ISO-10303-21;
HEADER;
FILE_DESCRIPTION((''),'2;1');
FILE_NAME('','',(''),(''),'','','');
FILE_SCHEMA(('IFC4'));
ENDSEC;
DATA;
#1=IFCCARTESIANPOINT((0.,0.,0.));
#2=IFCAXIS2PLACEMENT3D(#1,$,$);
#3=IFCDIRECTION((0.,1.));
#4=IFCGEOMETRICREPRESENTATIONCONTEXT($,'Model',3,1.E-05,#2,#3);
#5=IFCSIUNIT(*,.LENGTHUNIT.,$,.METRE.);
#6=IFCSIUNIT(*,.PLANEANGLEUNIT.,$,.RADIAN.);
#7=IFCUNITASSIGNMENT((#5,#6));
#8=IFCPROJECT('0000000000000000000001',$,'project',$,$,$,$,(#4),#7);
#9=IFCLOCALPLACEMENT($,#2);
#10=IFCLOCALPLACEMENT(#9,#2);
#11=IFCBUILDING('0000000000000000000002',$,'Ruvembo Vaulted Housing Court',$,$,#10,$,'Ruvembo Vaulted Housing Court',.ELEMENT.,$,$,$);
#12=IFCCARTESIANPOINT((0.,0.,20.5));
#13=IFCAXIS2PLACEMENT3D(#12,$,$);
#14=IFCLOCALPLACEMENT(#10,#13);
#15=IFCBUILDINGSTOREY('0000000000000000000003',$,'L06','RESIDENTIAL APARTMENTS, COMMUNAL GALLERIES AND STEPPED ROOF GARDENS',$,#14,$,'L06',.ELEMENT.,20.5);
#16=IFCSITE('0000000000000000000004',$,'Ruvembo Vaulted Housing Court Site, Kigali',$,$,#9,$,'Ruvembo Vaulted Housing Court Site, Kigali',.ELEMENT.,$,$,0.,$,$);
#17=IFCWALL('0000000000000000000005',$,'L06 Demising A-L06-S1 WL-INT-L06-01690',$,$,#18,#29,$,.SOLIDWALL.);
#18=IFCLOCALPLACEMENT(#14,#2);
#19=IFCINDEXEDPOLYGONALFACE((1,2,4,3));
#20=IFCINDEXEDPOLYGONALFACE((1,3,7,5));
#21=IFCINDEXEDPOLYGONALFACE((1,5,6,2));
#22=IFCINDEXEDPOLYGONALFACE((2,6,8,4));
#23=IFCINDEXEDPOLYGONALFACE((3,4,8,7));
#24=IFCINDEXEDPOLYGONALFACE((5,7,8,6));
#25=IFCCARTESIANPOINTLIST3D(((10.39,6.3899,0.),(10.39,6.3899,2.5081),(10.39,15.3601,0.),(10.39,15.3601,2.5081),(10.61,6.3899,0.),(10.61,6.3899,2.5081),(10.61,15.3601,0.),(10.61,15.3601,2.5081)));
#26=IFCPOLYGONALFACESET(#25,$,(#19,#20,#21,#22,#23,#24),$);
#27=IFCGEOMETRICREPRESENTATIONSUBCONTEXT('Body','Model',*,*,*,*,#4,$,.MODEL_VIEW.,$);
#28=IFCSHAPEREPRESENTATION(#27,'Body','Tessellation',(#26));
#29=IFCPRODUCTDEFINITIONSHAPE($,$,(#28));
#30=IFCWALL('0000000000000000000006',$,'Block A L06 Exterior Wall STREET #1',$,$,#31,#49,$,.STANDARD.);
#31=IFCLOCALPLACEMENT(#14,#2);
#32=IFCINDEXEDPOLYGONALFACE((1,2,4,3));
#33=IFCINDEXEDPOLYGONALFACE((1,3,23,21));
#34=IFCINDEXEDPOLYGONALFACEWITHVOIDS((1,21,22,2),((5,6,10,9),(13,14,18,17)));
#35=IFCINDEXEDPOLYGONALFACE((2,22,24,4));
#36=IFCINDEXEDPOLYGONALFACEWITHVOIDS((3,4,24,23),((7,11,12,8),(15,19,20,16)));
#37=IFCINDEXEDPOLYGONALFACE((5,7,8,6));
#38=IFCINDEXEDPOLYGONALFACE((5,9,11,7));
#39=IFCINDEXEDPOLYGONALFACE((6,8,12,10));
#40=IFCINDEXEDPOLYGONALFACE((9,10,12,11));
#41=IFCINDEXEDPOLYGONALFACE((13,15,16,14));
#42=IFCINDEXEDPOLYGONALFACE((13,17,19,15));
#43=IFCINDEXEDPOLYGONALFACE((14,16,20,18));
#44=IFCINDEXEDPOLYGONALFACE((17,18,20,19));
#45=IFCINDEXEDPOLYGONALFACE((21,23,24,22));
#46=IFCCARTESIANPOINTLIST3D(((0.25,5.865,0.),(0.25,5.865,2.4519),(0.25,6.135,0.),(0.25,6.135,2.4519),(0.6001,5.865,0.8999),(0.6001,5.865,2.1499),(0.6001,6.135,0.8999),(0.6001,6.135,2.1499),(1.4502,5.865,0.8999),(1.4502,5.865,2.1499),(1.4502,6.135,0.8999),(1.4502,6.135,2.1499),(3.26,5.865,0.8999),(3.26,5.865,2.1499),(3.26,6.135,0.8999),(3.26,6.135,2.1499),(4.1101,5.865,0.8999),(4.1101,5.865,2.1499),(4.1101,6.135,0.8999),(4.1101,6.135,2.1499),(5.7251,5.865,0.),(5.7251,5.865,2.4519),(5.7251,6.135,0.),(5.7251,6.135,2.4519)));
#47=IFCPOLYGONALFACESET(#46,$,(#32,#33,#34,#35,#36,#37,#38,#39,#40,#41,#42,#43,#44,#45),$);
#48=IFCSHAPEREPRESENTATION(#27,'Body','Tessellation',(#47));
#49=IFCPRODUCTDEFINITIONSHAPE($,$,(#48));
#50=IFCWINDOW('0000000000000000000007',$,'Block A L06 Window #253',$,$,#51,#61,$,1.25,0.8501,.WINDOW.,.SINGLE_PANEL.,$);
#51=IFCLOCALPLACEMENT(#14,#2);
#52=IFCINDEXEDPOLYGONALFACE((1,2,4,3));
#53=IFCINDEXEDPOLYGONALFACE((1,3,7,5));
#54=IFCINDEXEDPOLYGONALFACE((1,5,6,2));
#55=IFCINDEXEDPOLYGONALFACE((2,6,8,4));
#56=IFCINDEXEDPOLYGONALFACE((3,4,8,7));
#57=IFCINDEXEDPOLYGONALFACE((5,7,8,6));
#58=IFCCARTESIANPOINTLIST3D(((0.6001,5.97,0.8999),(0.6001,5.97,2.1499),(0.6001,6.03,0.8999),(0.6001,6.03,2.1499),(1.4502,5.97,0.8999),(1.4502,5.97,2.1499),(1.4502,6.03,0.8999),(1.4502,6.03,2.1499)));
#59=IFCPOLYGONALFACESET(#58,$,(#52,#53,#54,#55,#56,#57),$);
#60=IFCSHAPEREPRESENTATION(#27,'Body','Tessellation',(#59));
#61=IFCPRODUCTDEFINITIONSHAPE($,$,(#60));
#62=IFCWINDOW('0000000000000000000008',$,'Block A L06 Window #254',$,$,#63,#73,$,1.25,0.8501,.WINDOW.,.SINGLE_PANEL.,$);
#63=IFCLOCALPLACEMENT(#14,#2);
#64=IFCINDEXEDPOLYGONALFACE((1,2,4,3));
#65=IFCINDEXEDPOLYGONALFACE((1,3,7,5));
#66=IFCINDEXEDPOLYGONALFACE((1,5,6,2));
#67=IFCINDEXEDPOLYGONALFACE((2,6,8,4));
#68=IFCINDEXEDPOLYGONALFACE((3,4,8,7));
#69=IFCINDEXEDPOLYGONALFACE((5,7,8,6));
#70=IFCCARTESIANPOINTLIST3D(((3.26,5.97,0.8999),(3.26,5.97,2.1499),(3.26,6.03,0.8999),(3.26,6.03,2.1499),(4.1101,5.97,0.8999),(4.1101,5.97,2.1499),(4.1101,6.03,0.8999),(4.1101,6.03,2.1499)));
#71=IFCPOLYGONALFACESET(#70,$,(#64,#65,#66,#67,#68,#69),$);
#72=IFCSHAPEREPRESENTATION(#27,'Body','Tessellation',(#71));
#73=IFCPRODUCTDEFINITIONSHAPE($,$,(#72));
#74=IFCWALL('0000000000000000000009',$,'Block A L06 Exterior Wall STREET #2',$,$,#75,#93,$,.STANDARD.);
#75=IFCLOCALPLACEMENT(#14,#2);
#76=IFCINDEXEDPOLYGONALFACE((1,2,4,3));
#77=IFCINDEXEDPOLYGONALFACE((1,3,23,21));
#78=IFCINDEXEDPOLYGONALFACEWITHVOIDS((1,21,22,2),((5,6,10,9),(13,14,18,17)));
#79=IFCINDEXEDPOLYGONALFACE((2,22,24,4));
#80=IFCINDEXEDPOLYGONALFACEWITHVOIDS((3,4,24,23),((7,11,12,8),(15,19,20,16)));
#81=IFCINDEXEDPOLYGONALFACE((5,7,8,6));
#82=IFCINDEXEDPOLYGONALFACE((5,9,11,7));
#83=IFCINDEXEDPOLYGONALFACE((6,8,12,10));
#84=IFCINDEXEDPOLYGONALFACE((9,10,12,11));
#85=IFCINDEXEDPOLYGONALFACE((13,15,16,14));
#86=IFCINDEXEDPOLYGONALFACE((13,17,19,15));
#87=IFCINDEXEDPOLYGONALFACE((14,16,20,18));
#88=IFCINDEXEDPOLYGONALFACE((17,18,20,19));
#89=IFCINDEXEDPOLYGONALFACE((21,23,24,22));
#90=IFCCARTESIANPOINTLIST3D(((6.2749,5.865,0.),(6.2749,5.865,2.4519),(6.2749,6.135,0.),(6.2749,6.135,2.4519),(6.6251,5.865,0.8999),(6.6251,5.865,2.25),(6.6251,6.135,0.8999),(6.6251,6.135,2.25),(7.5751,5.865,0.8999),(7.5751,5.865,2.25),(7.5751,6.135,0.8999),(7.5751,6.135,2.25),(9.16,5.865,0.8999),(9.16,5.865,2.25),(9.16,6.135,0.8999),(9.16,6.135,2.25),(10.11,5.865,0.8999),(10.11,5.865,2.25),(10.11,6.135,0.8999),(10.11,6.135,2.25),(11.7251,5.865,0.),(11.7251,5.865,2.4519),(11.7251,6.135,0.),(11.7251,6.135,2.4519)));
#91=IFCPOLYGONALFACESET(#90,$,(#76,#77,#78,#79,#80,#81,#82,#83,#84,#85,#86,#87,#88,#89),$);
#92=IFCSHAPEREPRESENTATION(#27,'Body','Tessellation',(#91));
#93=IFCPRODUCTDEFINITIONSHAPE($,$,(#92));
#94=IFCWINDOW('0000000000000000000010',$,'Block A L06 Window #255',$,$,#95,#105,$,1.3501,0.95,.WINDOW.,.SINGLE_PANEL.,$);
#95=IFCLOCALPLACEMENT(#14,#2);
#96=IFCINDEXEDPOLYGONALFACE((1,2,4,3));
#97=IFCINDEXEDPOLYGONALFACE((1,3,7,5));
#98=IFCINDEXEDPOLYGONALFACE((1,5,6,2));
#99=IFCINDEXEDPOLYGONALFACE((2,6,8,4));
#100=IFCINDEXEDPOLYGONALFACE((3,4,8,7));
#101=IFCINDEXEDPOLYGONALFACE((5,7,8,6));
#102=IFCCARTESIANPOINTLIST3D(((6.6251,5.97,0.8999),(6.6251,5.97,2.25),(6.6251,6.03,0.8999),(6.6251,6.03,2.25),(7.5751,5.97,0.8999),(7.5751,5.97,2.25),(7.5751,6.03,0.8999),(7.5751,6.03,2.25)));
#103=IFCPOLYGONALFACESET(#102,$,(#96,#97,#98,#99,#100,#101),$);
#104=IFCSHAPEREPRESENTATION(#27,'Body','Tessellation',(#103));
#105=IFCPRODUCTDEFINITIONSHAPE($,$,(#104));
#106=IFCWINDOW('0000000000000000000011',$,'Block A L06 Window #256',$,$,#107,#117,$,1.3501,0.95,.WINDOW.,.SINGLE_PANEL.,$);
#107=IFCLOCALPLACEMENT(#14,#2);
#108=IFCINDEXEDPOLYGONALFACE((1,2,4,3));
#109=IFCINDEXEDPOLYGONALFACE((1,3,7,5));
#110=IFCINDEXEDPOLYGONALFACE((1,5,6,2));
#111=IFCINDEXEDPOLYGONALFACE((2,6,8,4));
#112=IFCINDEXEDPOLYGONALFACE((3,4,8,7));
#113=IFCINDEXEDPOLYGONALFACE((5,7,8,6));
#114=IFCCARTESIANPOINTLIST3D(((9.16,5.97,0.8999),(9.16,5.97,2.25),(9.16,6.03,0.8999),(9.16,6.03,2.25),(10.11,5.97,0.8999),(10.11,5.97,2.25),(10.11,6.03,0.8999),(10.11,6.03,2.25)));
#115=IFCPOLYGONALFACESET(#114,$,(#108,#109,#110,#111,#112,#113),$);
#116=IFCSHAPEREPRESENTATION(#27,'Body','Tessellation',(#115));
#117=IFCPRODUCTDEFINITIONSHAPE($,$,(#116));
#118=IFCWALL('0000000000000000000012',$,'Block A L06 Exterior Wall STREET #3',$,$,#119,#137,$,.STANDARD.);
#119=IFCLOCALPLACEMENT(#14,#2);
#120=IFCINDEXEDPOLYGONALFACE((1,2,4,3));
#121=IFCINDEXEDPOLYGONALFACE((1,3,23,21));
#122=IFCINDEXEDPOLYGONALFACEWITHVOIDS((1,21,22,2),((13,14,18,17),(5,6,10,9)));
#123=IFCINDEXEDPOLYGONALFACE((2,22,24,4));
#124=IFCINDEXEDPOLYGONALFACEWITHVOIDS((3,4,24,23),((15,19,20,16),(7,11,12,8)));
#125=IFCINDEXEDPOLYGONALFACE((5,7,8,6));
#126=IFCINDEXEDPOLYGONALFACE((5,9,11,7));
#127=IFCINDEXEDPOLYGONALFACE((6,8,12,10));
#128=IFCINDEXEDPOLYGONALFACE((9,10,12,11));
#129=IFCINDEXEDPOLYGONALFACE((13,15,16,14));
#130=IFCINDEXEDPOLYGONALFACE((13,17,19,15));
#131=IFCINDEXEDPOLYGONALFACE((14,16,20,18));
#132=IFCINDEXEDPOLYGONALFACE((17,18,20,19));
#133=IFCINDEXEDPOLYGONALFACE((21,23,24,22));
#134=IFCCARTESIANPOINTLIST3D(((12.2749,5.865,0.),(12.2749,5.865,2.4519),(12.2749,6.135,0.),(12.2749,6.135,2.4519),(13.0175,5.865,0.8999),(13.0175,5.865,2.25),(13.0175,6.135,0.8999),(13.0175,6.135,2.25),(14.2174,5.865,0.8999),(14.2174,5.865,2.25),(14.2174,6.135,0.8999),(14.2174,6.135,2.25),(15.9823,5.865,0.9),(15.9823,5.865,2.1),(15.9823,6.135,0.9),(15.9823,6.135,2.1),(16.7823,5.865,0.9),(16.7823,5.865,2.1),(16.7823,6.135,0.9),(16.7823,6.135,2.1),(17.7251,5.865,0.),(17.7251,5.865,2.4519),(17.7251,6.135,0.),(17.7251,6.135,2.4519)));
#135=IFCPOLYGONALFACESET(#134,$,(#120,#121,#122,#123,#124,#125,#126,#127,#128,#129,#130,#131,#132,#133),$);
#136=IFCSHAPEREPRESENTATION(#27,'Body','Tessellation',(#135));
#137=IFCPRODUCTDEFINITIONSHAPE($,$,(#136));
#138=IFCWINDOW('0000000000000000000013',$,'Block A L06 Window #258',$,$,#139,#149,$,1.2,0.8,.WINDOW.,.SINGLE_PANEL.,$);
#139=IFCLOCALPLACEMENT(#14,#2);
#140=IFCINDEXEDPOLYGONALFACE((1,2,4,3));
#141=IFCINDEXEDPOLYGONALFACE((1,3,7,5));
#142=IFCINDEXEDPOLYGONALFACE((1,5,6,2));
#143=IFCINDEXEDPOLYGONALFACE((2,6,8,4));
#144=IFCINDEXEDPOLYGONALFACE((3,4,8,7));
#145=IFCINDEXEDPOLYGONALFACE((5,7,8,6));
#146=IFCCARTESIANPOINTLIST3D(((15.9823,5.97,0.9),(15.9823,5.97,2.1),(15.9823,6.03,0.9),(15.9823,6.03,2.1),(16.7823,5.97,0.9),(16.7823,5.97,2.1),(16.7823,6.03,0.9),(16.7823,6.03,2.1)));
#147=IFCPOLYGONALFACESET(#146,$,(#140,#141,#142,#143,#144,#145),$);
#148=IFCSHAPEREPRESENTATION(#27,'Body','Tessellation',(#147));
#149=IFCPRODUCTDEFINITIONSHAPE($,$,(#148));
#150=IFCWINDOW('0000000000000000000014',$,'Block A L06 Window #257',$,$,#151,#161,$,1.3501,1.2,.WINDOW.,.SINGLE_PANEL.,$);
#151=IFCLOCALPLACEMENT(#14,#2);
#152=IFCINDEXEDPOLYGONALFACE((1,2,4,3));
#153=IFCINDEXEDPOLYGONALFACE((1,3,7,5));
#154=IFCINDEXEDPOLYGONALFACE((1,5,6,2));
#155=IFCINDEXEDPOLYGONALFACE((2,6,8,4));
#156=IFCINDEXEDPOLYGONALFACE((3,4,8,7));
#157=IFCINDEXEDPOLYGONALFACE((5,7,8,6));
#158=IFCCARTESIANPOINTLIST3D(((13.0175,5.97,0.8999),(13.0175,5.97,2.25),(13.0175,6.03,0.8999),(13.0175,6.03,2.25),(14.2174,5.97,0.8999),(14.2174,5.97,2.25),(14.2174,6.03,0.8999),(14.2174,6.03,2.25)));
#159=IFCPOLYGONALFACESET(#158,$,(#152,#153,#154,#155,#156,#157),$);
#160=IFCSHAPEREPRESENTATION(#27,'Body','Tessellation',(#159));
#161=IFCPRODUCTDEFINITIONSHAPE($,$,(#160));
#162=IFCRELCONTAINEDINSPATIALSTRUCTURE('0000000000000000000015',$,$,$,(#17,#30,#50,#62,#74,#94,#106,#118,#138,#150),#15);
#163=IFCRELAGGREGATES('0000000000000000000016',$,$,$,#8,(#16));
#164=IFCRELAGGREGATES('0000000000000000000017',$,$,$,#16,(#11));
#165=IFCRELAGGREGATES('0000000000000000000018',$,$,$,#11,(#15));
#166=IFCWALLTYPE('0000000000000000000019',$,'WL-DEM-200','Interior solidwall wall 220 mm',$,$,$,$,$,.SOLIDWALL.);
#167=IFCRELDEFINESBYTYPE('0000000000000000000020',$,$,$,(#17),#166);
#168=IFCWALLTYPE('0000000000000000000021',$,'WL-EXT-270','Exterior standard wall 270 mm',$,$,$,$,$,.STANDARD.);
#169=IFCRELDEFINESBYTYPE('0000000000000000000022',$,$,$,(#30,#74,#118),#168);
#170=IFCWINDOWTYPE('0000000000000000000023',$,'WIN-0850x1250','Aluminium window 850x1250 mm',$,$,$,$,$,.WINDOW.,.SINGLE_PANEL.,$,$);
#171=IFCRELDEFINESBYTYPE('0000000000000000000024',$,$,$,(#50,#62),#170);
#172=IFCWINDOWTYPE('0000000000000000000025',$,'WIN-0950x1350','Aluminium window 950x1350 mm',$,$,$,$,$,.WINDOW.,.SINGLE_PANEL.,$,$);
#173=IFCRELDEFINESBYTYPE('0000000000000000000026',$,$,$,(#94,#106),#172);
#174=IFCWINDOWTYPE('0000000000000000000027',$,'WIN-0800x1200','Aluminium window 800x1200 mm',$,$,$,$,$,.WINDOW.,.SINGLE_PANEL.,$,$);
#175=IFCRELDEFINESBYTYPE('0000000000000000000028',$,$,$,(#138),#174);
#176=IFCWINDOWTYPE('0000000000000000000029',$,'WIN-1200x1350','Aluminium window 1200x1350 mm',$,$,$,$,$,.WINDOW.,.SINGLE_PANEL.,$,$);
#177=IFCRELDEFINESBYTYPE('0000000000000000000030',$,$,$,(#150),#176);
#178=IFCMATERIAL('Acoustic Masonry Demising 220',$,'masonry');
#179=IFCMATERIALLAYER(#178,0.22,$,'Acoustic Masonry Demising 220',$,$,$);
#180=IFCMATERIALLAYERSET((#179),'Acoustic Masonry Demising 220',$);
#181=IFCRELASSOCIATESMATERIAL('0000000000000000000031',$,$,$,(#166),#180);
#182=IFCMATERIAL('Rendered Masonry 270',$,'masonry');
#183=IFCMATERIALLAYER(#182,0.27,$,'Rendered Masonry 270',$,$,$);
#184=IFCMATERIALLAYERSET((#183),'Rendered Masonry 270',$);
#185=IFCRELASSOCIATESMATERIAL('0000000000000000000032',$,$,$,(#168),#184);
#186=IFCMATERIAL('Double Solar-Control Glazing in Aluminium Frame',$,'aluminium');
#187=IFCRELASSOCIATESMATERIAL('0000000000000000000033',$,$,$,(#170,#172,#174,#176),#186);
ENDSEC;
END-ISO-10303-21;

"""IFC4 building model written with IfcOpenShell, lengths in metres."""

from ifc_helpers import new_model, si_unit, direction, frame, frame_2d, origin, place, context, subcontext, project, spatial, rectangle, extrude, material, layer, layer_set, type_object, element, fill, save


model = new_model("IFC4")

# Units and contexts
model_context = context("Model", 3, precision=1e-05, world=origin(), true_north=direction((0.0, 1.0)))
body_context = subcontext(model_context, "Body", "Model", "MODEL_VIEW")
ifc_project = project(units=[si_unit("LENGTHUNIT", "METRE"), si_unit("PLANEANGLEUNIT", "RADIAN")], contexts=[model_context])

# Site, building, storey
site_placement = place(None, origin())
site = spatial("IfcSite", under=ifc_project, at=site_placement, Name="Ruvembo Vaulted Housing Court Site, Kigali", LongName="Ruvembo Vaulted Housing Court Site, Kigali", CompositionType="ELEMENT", RefElevation=0.0)
building_placement = place(site_placement, origin())
building = spatial("IfcBuilding", under=site, at=building_placement, Name="Ruvembo Vaulted Housing Court", LongName="Ruvembo Vaulted Housing Court", CompositionType="ELEMENT")
storey_placement = place(building_placement, frame((0.0, 0.0, 20.5)))
storey = spatial("IfcBuildingStorey", under=building, at=storey_placement, Name="L06", Description="RESIDENTIAL APARTMENTS, COMMUNAL GALLERIES AND STEPPED ROOF GARDENS", LongName="L06", CompositionType="ELEMENT", Elevation=20.5)

# Wall
ifc_material_1 = material(Name="Acoustic Masonry Demising 220", Category="masonry")
ifc_layer_1 = layer(ifc_material_1, 0.22, Name="Acoustic Masonry Demising 220")
ifc_layer_set_1 = layer_set([ifc_layer_1], Name="Acoustic Masonry Demising 220")
wall_type_1 = type_object("IfcWallType", Name="WL-DEM-200", Description="Interior solidwall wall 220 mm", PredefinedType="SOLIDWALL", material=ifc_layer_set_1)
wall_1_placement = place(storey_placement, frame((10.5, 6.3899, 0.0), z_axis=(0.0, 0.0, 1.0), x_axis=(0.0, 1.0, 0.0)))
element("IfcWall", 1, at=wall_1_placement, inside=storey, type_object=wall_type_1, Name="L06 Demising A-L06-S1 WL-INT-L06-01690", PredefinedType="SOLIDWALL", context=body_context, shape_type="SweptSolid", body=[
    extrude(rectangle(XDim=8.9702, YDim=0.22, at=frame_2d((4.4851, 0.0))), origin(), (0.0, 0.0, 1.0), 2.5081),
])

# Walls, openings, windows
ifc_material_2 = material(Name="Rendered Masonry 270", Category="masonry")
ifc_layer_2 = layer(ifc_material_2, 0.27, Name="Rendered Masonry 270")
ifc_layer_set_2 = layer_set([ifc_layer_2], Name="Rendered Masonry 270")
wall_type_2 = type_object("IfcWallType", Name="WL-EXT-270", Description="Exterior standard wall 270 mm", PredefinedType="STANDARD", material=ifc_layer_set_2)
wall_2_placement = place(storey_placement, frame((0.25, 6.0, 0.0), z_axis=(0.0, 0.0, 1.0), x_axis=(1.0, 0.0, 0.0)))
wall_2 = element("IfcWall", 2, at=wall_2_placement, inside=storey, type_object=wall_type_2, Name="Block A L06 Exterior Wall STREET #1", PredefinedType="STANDARD", context=body_context, shape_type="SweptSolid", body=[
    extrude(rectangle(XDim=5.4751, YDim=0.27, at=frame_2d((2.7375, 0.0))), origin(), (0.0, 0.0, 1.0), 2.4519),
])
opening_1_placement = place(wall_2_placement, frame((0.3501, 0.0, 0.8999)))
opening_1 = element("IfcOpeningElement", 3, at=opening_1_placement, cuts=wall_2, PredefinedType="OPENING", context=body_context, shape_type="SweptSolid", body=[
    extrude(rectangle(XDim=0.8501, YDim=1.25, at=frame_2d((0.425, 0.625))), frame((0.0, 0.145, 0.0), z_axis=(0.0, -1.0, 0.0), x_axis=(1.0, 0.0, 0.0)), (0.0, 0.0, 1.0), 0.29),
])
opening_2_placement = place(wall_2_placement, frame((3.01, 0.0, 0.8999)))
opening_2 = element("IfcOpeningElement", 4, at=opening_2_placement, cuts=wall_2, PredefinedType="OPENING", context=body_context, shape_type="SweptSolid", body=[
    extrude(rectangle(XDim=0.8501, YDim=1.25, at=frame_2d((0.425, 0.625))), frame((0.0, 0.145, 0.0), z_axis=(0.0, -1.0, 0.0), x_axis=(1.0, 0.0, 0.0)), (0.0, 0.0, 1.0), 0.29),
])
ifc_material_3 = material(Name="Double Solar-Control Glazing in Aluminium Frame", Category="aluminium")
window_type_1 = type_object("IfcWindowType", Name="WIN-0850x1250", Description="Aluminium window 850x1250 mm", PartitioningType="SINGLE_PANEL", PredefinedType="WINDOW", material=ifc_material_3)
window_1_placement = place(opening_1_placement, origin())
window_1 = element("IfcWindow", 5, at=window_1_placement, inside=storey, type_object=window_type_1, Name="Block A L06 Window #253", OverallHeight=1.25, OverallWidth=0.8501, PartitioningType="SINGLE_PANEL", PredefinedType="WINDOW", context=body_context, shape_type="SweptSolid", body=[
    extrude(rectangle(XDim=0.8501, YDim=1.25, at=frame_2d((0.425, 0.625))), frame((0.0, 0.03, 0.0), z_axis=(0.0, -1.0, 0.0), x_axis=(1.0, 0.0, 0.0)), (0.0, 0.0, 1.0), 0.0601),
])
fill(opening_1, window_1)
window_2_placement = place(opening_2_placement, origin())
window_2 = element("IfcWindow", 6, at=window_2_placement, inside=storey, type_object=window_type_1, Name="Block A L06 Window #254", OverallHeight=1.25, OverallWidth=0.8501, PartitioningType="SINGLE_PANEL", PredefinedType="WINDOW", context=body_context, shape_type="SweptSolid", body=[
    extrude(rectangle(XDim=0.8501, YDim=1.25, at=frame_2d((0.425, 0.625))), frame((0.0, 0.03, 0.0), z_axis=(0.0, -1.0, 0.0), x_axis=(1.0, 0.0, 0.0)), (0.0, 0.0, 1.0), 0.0601),
])
fill(opening_2, window_2)
wall_3_placement = place(storey_placement, frame((6.2749, 6.0, 0.0), z_axis=(0.0, 0.0, 1.0), x_axis=(1.0, 0.0, 0.0)))
wall_3 = element("IfcWall", 7, at=wall_3_placement, inside=storey, type_object=wall_type_2, Name="Block A L06 Exterior Wall STREET #2", PredefinedType="STANDARD", context=body_context, shape_type="SweptSolid", body=[
    extrude(rectangle(XDim=5.4502, YDim=0.27, at=frame_2d((2.7251, 0.0))), origin(), (0.0, 0.0, 1.0), 2.4519),
])
opening_3_placement = place(wall_3_placement, frame((0.3501, 0.0, 0.8999)))
opening_3 = element("IfcOpeningElement", 8, at=opening_3_placement, cuts=wall_3, PredefinedType="OPENING", context=body_context, shape_type="SweptSolid", body=[
    extrude(rectangle(XDim=0.95, YDim=1.3501, at=frame_2d((0.4751, 0.675))), frame((0.0, 0.145, 0.0), z_axis=(0.0, -1.0, 0.0), x_axis=(1.0, 0.0, 0.0)), (0.0, 0.0, 1.0), 0.29),
])
opening_4_placement = place(wall_3_placement, frame((2.885, 0.0, 0.8999)))
opening_4 = element("IfcOpeningElement", 9, at=opening_4_placement, cuts=wall_3, PredefinedType="OPENING", context=body_context, shape_type="SweptSolid", body=[
    extrude(rectangle(XDim=0.95, YDim=1.3501, at=frame_2d((0.4751, 0.675))), frame((0.0, 0.145, 0.0), z_axis=(0.0, -1.0, 0.0), x_axis=(1.0, 0.0, 0.0)), (0.0, 0.0, 1.0), 0.29),
])
window_type_2 = type_object("IfcWindowType", Name="WIN-0950x1350", Description="Aluminium window 950x1350 mm", PartitioningType="SINGLE_PANEL", PredefinedType="WINDOW", material=ifc_material_3)
window_3_placement = place(opening_3_placement, origin())
window_3 = element("IfcWindow", 10, at=window_3_placement, inside=storey, type_object=window_type_2, Name="Block A L06 Window #255", OverallHeight=1.3501, OverallWidth=0.95, PartitioningType="SINGLE_PANEL", PredefinedType="WINDOW", context=body_context, shape_type="SweptSolid", body=[
    extrude(rectangle(XDim=0.95, YDim=1.3501, at=frame_2d((0.4751, 0.675))), frame((0.0, 0.03, 0.0), z_axis=(0.0, -1.0, 0.0), x_axis=(1.0, 0.0, 0.0)), (0.0, 0.0, 1.0), 0.0601),
])
fill(opening_3, window_3)
window_4_placement = place(opening_4_placement, origin())
window_4 = element("IfcWindow", 11, at=window_4_placement, inside=storey, type_object=window_type_2, Name="Block A L06 Window #256", OverallHeight=1.3501, OverallWidth=0.95, PartitioningType="SINGLE_PANEL", PredefinedType="WINDOW", context=body_context, shape_type="SweptSolid", body=[
    extrude(rectangle(XDim=0.95, YDim=1.3501, at=frame_2d((0.4751, 0.675))), frame((0.0, 0.03, 0.0), z_axis=(0.0, -1.0, 0.0), x_axis=(1.0, 0.0, 0.0)), (0.0, 0.0, 1.0), 0.0601),
])
fill(opening_4, window_4)
wall_4_placement = place(storey_placement, frame((12.2749, 6.0, 0.0), z_axis=(0.0, 0.0, 1.0), x_axis=(1.0, 0.0, 0.0)))
wall_4 = element("IfcWall", 12, at=wall_4_placement, inside=storey, type_object=wall_type_2, Name="Block A L06 Exterior Wall STREET #3", PredefinedType="STANDARD", context=body_context, shape_type="SweptSolid", body=[
    extrude(rectangle(XDim=5.4502, YDim=0.27, at=frame_2d((2.7251, 0.0))), origin(), (0.0, 0.0, 1.0), 2.4519),
])
opening_5_placement = place(wall_4_placement, frame((0.7424, 0.0, 0.8999)))
opening_5 = element("IfcOpeningElement", 13, at=opening_5_placement, cuts=wall_4, PredefinedType="OPENING", context=body_context, shape_type="SweptSolid", body=[
    extrude(rectangle(XDim=1.2, YDim=1.3501, at=frame_2d((0.6001, 0.675))), frame((0.0, 0.145, 0.0), z_axis=(0.0, -1.0, 0.0), x_axis=(1.0, 0.0, 0.0)), (0.0, 0.0, 1.0), 0.29),
])
opening_6_placement = place(wall_4_placement, frame((3.7075, 0.0, 0.8999)))
opening_6 = element("IfcOpeningElement", 14, at=opening_6_placement, cuts=wall_4, PredefinedType="OPENING", context=body_context, shape_type="SweptSolid", body=[
    extrude(rectangle(XDim=0.8, YDim=1.2, at=frame_2d((0.3999, 0.6001))), frame((0.0, 0.145, 0.0), z_axis=(0.0, -1.0, 0.0), x_axis=(1.0, 0.0, 0.0)), (0.0, 0.0, 1.0), 0.29),
])
window_type_3 = type_object("IfcWindowType", Name="WIN-0800x1200", Description="Aluminium window 800x1200 mm", PartitioningType="SINGLE_PANEL", PredefinedType="WINDOW", material=ifc_material_3)
window_5_placement = place(opening_6_placement, origin())
window_5 = element("IfcWindow", 15, at=window_5_placement, inside=storey, type_object=window_type_3, Name="Block A L06 Window #258", OverallHeight=1.2, OverallWidth=0.8, PartitioningType="SINGLE_PANEL", PredefinedType="WINDOW", context=body_context, shape_type="SweptSolid", body=[
    extrude(rectangle(XDim=0.8, YDim=1.2, at=frame_2d((0.3999, 0.6001))), frame((0.0, 0.03, 0.0), z_axis=(0.0, -1.0, 0.0), x_axis=(1.0, 0.0, 0.0)), (0.0, 0.0, 1.0), 0.0601),
])
fill(opening_6, window_5)
window_type_4 = type_object("IfcWindowType", Name="WIN-1200x1350", Description="Aluminium window 1200x1350 mm", PartitioningType="SINGLE_PANEL", PredefinedType="WINDOW", material=ifc_material_3)
window_6_placement = place(opening_5_placement, origin())
window_6 = element("IfcWindow", 16, at=window_6_placement, inside=storey, type_object=window_type_4, Name="Block A L06 Window #257", OverallHeight=1.3501, OverallWidth=1.2, PartitioningType="SINGLE_PANEL", PredefinedType="WINDOW", context=body_context, shape_type="SweptSolid", body=[
    extrude(rectangle(XDim=1.2, YDim=1.3501, at=frame_2d((0.6001, 0.675))), frame((0.0, 0.03, 0.0), z_axis=(0.0, -1.0, 0.0), x_axis=(1.0, 0.0, 0.0)), (0.0, 0.0, 1.0), 0.0601),
])
fill(opening_5, window_6)

save(model, "model.ifc")
